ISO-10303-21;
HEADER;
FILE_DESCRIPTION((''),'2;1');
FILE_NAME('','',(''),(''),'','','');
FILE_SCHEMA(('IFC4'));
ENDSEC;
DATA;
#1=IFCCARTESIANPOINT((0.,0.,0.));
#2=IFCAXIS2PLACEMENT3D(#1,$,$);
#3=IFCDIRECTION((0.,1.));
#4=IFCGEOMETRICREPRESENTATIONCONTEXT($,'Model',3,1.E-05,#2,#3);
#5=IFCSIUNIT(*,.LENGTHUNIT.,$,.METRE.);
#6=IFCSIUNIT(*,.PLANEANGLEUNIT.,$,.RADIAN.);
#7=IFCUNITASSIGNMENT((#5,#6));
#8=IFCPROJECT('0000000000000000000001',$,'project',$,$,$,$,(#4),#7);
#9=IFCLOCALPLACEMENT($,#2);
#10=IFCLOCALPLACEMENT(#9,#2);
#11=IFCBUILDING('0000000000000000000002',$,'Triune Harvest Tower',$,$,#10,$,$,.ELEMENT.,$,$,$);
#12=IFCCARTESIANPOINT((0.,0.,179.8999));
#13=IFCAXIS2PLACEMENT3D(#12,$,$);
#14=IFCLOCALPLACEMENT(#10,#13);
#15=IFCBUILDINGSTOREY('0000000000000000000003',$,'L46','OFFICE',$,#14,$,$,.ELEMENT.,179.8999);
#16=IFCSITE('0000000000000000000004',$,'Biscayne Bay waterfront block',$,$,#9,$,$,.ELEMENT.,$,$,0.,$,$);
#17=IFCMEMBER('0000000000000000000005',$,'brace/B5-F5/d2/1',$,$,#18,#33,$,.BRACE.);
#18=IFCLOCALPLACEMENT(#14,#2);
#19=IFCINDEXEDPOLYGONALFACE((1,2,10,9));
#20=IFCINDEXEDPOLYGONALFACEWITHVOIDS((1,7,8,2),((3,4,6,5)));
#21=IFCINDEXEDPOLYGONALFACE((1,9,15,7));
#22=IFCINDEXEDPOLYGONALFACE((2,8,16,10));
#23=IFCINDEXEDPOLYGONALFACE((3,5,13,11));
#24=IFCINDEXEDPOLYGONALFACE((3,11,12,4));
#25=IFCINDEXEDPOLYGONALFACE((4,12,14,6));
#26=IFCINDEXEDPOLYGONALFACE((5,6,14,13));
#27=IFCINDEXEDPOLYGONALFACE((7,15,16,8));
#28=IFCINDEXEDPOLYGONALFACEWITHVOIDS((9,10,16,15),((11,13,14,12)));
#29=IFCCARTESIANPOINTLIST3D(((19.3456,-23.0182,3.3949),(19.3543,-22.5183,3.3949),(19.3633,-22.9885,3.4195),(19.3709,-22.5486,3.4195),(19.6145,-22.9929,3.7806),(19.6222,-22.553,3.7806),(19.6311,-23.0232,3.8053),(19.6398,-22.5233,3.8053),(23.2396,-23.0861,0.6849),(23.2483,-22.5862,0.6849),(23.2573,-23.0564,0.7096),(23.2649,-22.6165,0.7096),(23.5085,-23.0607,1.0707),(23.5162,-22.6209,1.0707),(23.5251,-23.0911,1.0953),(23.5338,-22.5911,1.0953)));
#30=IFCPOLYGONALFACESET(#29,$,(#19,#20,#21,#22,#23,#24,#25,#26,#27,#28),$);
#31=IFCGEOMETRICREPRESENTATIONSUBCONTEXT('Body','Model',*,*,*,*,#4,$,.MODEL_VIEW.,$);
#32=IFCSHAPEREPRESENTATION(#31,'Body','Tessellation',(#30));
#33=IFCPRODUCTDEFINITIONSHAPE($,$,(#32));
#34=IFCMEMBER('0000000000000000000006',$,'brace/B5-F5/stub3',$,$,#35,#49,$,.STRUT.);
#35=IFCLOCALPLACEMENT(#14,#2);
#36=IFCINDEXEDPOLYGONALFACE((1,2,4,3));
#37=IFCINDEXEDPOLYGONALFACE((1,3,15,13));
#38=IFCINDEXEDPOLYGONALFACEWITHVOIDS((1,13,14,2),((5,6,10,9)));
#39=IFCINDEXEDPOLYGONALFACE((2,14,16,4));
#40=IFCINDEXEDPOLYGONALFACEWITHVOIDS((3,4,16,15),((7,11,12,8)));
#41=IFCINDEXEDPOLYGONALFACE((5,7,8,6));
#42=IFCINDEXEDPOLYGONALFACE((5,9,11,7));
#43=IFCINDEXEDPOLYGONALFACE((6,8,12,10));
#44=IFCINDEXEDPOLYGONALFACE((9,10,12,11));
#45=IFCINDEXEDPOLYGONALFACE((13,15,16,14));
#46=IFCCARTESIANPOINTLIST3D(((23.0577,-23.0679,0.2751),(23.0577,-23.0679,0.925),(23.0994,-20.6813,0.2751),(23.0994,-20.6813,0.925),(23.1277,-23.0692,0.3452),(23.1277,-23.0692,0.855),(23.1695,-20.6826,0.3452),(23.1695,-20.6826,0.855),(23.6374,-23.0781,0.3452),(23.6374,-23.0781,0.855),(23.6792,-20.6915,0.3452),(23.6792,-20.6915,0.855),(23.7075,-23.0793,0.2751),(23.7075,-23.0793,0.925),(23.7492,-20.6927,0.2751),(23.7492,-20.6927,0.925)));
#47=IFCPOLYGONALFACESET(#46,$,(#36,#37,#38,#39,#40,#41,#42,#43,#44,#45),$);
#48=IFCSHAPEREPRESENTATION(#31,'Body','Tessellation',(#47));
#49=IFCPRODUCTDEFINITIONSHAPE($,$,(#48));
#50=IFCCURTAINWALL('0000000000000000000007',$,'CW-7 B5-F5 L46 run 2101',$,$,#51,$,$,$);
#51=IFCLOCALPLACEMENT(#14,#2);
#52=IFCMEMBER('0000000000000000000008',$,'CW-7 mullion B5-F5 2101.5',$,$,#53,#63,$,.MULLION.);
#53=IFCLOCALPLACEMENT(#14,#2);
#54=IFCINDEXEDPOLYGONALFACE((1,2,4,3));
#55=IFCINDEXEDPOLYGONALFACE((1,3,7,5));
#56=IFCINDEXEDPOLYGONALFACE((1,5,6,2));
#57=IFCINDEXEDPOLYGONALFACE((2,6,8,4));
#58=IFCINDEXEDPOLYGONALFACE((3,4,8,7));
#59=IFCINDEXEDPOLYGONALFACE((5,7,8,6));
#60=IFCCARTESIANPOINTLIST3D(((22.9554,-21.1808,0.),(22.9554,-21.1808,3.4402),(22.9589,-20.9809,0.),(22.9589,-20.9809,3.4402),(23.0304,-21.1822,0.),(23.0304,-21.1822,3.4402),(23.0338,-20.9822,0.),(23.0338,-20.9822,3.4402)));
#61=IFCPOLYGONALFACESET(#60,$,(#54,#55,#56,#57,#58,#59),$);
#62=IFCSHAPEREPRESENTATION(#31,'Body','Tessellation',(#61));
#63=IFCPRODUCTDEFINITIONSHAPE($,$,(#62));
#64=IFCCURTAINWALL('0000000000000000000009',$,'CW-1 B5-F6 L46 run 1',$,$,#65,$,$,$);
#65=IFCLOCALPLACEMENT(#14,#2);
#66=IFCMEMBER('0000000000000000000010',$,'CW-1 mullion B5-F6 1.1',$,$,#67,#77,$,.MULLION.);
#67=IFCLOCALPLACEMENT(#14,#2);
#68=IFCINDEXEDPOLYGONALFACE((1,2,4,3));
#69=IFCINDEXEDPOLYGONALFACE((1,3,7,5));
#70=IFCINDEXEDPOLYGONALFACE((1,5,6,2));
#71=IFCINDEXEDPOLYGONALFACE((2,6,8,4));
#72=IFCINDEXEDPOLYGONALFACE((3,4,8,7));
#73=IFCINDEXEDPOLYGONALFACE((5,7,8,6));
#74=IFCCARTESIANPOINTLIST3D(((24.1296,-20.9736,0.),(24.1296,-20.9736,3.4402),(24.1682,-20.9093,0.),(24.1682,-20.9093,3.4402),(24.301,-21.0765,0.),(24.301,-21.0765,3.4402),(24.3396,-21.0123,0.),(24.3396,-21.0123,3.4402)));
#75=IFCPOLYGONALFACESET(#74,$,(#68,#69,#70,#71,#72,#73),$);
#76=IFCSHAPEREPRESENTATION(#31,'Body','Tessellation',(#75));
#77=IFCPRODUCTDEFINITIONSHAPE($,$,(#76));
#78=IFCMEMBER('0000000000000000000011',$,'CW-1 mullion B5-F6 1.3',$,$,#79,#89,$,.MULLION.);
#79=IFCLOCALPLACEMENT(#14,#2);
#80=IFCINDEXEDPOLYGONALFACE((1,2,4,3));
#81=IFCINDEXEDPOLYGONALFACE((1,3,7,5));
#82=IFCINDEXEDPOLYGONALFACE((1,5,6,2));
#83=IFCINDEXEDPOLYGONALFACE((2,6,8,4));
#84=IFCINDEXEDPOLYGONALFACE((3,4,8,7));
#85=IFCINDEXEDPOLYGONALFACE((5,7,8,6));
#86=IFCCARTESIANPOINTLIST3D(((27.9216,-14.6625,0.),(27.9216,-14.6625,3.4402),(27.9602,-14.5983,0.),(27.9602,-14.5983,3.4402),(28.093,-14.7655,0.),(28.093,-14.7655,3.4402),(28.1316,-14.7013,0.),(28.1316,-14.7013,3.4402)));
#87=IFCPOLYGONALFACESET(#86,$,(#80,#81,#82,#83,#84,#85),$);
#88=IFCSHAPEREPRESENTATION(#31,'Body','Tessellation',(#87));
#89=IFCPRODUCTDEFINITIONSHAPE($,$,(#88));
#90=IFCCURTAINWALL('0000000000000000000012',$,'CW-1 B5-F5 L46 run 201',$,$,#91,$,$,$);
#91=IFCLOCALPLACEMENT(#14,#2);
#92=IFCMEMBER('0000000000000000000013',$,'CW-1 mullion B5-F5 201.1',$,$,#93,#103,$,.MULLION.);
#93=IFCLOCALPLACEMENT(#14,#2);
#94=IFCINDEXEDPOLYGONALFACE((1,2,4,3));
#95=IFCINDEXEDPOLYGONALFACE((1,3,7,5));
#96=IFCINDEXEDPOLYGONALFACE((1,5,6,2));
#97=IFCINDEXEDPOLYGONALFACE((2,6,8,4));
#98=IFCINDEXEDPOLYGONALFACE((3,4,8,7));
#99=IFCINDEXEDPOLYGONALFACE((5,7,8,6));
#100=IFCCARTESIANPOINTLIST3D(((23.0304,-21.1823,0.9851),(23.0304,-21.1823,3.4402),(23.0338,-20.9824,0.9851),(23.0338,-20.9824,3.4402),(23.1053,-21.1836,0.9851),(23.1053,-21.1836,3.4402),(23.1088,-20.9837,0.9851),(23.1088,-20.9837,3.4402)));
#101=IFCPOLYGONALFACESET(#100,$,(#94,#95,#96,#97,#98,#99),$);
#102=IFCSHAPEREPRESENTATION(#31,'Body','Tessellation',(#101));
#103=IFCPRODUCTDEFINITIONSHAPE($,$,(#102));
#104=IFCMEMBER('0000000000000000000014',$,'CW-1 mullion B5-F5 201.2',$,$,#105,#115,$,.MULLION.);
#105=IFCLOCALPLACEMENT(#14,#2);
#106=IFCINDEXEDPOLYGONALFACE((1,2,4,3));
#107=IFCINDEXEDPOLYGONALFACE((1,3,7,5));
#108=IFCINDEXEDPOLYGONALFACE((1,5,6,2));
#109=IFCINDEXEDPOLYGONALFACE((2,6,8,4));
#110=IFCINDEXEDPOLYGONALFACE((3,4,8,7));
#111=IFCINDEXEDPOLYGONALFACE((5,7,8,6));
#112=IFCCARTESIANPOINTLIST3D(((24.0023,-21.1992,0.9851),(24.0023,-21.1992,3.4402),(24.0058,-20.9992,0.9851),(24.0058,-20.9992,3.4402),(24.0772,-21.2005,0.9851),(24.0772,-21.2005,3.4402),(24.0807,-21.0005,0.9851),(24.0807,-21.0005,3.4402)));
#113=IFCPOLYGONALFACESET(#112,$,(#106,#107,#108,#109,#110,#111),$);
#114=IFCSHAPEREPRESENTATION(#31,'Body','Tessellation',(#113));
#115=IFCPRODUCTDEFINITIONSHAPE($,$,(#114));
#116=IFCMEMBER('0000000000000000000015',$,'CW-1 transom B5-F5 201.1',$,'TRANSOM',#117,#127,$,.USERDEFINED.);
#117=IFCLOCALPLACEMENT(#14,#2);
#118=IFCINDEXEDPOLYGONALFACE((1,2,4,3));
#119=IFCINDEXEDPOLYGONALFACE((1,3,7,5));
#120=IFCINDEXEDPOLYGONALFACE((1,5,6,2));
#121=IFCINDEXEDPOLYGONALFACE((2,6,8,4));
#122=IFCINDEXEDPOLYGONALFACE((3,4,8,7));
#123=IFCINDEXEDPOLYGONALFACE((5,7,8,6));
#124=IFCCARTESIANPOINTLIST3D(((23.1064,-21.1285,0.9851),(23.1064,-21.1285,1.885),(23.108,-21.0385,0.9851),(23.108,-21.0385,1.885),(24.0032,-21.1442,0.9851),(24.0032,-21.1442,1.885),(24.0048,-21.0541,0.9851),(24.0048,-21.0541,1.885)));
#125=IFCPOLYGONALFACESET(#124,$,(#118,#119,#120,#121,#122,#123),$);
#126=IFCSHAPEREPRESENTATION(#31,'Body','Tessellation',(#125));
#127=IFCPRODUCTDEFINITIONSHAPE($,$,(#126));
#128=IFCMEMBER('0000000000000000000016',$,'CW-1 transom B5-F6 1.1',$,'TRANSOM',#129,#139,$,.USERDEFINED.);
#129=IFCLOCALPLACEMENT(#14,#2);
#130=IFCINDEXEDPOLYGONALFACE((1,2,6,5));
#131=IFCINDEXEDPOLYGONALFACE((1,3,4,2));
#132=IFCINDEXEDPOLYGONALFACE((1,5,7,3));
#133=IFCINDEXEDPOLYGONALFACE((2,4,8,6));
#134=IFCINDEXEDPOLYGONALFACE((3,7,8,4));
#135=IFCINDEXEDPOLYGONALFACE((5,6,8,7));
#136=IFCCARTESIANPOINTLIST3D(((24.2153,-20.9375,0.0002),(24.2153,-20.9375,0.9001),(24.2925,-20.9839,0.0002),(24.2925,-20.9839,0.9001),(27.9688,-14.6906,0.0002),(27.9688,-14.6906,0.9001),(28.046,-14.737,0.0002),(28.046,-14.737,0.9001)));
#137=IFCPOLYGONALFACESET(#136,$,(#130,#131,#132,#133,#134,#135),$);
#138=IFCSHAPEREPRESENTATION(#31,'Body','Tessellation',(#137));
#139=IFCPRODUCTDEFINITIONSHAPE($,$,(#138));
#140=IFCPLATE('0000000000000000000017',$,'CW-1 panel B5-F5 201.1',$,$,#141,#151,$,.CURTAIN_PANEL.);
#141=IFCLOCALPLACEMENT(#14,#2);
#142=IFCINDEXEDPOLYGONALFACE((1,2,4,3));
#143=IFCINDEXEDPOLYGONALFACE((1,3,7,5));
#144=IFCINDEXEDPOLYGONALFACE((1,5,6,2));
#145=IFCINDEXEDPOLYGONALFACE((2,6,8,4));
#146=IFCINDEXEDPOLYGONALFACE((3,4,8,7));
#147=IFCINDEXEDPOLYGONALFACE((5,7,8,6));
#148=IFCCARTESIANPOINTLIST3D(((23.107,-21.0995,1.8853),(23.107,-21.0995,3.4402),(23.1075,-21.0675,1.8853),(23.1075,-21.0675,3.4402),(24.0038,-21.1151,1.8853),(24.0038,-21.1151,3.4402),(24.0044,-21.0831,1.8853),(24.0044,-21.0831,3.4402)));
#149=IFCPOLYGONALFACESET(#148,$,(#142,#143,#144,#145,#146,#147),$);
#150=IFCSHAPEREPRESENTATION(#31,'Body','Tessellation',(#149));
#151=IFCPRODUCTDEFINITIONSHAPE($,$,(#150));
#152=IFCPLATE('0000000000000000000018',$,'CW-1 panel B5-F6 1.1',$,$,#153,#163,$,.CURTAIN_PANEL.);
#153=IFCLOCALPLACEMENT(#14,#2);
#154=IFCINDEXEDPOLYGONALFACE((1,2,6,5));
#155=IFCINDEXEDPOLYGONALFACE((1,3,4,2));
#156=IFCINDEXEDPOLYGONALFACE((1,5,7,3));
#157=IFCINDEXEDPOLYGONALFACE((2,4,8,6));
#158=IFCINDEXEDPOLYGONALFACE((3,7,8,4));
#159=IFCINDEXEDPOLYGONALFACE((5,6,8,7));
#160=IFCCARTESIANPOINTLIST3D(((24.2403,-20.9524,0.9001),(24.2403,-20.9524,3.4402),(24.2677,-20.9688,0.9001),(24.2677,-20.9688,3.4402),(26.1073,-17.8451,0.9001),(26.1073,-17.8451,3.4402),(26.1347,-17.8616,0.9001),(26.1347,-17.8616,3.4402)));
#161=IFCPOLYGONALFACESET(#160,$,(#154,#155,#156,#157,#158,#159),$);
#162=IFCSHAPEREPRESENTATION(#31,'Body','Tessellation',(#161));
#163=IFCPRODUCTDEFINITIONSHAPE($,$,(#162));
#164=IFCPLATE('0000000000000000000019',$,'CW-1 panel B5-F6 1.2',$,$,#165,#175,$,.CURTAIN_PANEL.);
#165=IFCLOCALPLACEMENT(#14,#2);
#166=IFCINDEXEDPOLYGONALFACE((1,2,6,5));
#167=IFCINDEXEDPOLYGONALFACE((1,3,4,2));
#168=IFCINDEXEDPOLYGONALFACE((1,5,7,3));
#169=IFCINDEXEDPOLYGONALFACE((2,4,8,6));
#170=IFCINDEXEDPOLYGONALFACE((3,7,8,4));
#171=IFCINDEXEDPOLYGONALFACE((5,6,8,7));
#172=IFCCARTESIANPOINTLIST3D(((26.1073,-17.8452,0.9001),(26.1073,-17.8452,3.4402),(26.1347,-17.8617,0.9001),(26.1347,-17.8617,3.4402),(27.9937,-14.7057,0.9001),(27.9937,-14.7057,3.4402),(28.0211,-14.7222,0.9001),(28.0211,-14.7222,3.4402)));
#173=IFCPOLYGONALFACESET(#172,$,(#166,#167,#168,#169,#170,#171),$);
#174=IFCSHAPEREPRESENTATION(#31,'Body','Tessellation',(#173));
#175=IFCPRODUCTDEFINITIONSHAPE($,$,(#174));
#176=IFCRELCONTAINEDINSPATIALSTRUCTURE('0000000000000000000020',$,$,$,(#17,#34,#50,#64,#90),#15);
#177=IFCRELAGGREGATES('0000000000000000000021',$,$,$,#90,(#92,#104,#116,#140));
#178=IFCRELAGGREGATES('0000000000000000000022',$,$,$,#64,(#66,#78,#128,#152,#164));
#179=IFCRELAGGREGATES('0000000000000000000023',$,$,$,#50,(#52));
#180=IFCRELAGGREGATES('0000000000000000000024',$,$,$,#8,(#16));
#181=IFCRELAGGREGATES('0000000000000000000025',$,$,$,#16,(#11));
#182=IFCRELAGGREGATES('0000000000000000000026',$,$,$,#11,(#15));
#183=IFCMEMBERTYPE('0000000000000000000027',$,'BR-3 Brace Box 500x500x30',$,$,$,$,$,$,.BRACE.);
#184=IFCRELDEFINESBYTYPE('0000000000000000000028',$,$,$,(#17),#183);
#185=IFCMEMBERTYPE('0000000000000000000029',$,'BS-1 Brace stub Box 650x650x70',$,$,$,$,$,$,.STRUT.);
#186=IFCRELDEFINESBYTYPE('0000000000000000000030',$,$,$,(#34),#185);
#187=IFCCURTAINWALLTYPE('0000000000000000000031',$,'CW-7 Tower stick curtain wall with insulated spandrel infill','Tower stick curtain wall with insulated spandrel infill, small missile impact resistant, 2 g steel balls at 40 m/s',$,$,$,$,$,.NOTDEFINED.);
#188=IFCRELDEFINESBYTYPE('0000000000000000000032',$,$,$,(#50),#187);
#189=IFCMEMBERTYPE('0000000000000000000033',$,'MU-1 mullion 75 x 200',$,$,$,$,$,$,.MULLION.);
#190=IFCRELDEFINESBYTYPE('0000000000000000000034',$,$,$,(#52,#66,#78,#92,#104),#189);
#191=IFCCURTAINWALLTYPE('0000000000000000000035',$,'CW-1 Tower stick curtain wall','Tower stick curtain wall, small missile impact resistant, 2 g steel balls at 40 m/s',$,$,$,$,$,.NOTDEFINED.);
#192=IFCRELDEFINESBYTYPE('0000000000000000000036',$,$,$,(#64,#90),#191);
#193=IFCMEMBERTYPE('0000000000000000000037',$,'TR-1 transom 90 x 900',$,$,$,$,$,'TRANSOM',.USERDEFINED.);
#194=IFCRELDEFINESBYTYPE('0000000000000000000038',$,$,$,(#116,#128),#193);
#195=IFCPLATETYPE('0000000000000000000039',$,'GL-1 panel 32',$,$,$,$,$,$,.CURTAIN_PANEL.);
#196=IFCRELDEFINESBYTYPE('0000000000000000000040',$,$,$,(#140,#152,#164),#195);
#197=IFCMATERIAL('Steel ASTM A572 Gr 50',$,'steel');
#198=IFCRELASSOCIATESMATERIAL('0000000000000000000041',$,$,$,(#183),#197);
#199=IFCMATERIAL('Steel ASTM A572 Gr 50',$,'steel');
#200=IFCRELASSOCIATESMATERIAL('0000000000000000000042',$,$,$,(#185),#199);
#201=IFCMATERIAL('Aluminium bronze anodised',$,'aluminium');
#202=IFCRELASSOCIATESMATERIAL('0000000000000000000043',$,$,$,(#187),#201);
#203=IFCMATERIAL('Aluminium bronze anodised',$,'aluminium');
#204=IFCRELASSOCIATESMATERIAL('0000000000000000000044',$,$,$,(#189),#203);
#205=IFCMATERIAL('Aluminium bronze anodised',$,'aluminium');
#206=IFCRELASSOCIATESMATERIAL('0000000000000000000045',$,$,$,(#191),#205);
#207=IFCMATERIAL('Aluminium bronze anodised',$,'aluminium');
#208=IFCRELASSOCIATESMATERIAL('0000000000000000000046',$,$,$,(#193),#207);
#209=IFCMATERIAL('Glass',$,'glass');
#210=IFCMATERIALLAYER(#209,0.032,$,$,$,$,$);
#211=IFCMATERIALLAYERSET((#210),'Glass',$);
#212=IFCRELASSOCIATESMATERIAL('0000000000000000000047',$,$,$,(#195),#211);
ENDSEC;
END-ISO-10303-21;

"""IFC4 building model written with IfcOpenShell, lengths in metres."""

from ifc_helpers import new_model, si_unit, direction, frame, origin, origin_2d, place, context, subcontext, project, spatial, rectangle, hollow_rectangle, extrude, source, transform, mapped, material, layer, layer_set, material_profile, profile_set, type_object, element, aggregate, save


model = new_model("IFC4")

# Units and contexts
model_context = context("Model", 3, precision=1e-05, world=origin(), true_north=direction((0.0, 1.0)))
body_context = subcontext(model_context, "Body", "Model", "MODEL_VIEW")
ifc_project = project(units=[si_unit("LENGTHUNIT", "METRE"), si_unit("PLANEANGLEUNIT", "RADIAN")], contexts=[model_context])

# Site, building, storey
site_placement = place(None, origin())
site = spatial("IfcSite", under=ifc_project, at=site_placement, Name="Biscayne Bay waterfront block", CompositionType="ELEMENT", RefElevation=0.0)
building_placement = place(site_placement, origin())
building = spatial("IfcBuilding", under=site, at=building_placement, Name="Triune Harvest Tower", CompositionType="ELEMENT")
storey_placement = place(building_placement, frame((0.0, 0.0, 179.8999)))
storey = spatial("IfcBuildingStorey", under=building, at=storey_placement, Name="L46", Description="OFFICE", CompositionType="ELEMENT", Elevation=179.8999)

# Members
ifc_material_1 = material(Name="Steel ASTM A572 Gr 50", Category="steel")
ifc_material_profile_1 = material_profile(ifc_material_1, hollow_rectangle(XDim=0.5, YDim=0.5, WallThickness=0.03, at=origin_2d()), Name="Box 500x500x30")
ifc_profile_set_1 = profile_set([ifc_material_profile_1], Name="Steel ASTM A572 Gr 50")
member_type_1 = type_object("IfcMemberType", Name="BR-3 Brace Box 500x500x30", PredefinedType="BRACE", material=ifc_profile_set_1)
shared_shape_1 = source(origin(), body_context, "Body", "SweptSolid", [
    extrude(hollow_rectangle(XDim=0.5, YDim=0.5, WallThickness=0.03, at=origin_2d()), origin(), (0.0, 0.0, 1.0), 4.7446),
])
member_1_placement = place(storey_placement, frame((23.3867, -22.8386, 0.8901), z_axis=(-0.820716, 0.014305, 0.571157), x_axis=(-0.017427, -0.999848, 0.0)))
element("IfcMember", 1, at=member_1_placement, inside=storey, type_object=member_type_1, Name="brace/B5-F5/d2/1", PredefinedType="BRACE", context=body_context, shape_type="MappedRepresentation", body=[
    mapped(shared_shape_1, transform((0.0, 0.0, 0.0), scale=1.0)),
])
ifc_material_2 = material(Name="Steel ASTM A572 Gr 50", Category="steel")
ifc_material_profile_2 = material_profile(ifc_material_2, hollow_rectangle(XDim=0.6499, YDim=0.6499, WallThickness=0.0701, at=origin_2d()), Name="Box 650x650x70")
ifc_profile_set_2 = profile_set([ifc_material_profile_2], Name="Steel ASTM A572 Gr 50")
member_type_2 = type_object("IfcMemberType", Name="BS-1 Brace stub Box 650x650x70", PredefinedType="STRUT", material=ifc_profile_set_2)
shared_shape_2 = source(origin(), body_context, "Body", "SweptSolid", [
    extrude(hollow_rectangle(XDim=0.6499, YDim=0.6499, WallThickness=0.0701, at=origin_2d()), origin(), (0.0, 0.0, 1.0), 2.387),
])
member_2_placement = place(storey_placement, frame((23.4243, -20.687, 0.6001), z_axis=(-0.017489, -0.999847, 0.0), x_axis=(0.999847, -0.017489, 0.0)))
element("IfcMember", 2, at=member_2_placement, inside=storey, type_object=member_type_2, Name="brace/B5-F5/stub3", PredefinedType="STRUT", context=body_context, shape_type="MappedRepresentation", body=[
    mapped(shared_shape_2, transform((0.0, 0.0, 0.0), scale=1.0)),
])

# Curtain wall, member
ifc_material_3 = material(Name="Aluminium bronze anodised", Category="aluminium")
curtain_wall_type_1 = type_object("IfcCurtainWallType", Name="CW-7 Tower stick curtain wall with insulated spandrel infill", Description="Tower stick curtain wall with insulated spandrel infill, small missile impact resistant, 2 g steel balls at 40 m/s", PredefinedType="NOTDEFINED", material=ifc_material_3)
curtain_wall_1_placement = place(storey_placement, origin())
curtain_wall_1 = element("IfcCurtainWall", 3, at=curtain_wall_1_placement, inside=storey, type_object=curtain_wall_type_1, Name="CW-7 B5-F5 L46 run 2101")
ifc_material_4 = material(Name="Aluminium bronze anodised", Category="aluminium")
ifc_material_profile_3 = material_profile(ifc_material_4, rectangle(XDim=0.2, YDim=0.075, at=origin_2d()), Name="MU-1 mullion 75 x 200")
ifc_profile_set_3 = profile_set([ifc_material_profile_3], Name="Aluminium bronze anodised")
member_type_3 = type_object("IfcMemberType", Name="MU-1 mullion 75 x 200", PredefinedType="MULLION", material=ifc_profile_set_3)
shared_shape_3 = source(origin(), body_context, "Body", "SweptSolid", [
    extrude(rectangle(XDim=0.2, YDim=0.075, at=origin_2d()), origin(), (0.0, 0.0, 1.0), 3.4402),
])
member_3_placement = place(storey_placement, frame((22.9946, -21.0815, 0.0), z_axis=(0.0, 0.0, 1.0), x_axis=(0.017454, 0.999848, 0.0)))
member_3 = element("IfcMember", 4, at=member_3_placement, type_object=member_type_3, Name="CW-7 mullion B5-F5 2101.5", PredefinedType="MULLION", context=body_context, shape_type="MappedRepresentation", body=[
    mapped(shared_shape_3, transform((0.0, 0.0, 0.0), scale=1.0)),
])

# Curtain walls, members
ifc_material_5 = material(Name="Aluminium bronze anodised", Category="aluminium")
curtain_wall_type_2 = type_object("IfcCurtainWallType", Name="CW-1 Tower stick curtain wall", Description="Tower stick curtain wall, small missile impact resistant, 2 g steel balls at 40 m/s", PredefinedType="NOTDEFINED", material=ifc_material_5)
curtain_wall_2_placement = place(storey_placement, origin())
curtain_wall_2 = element("IfcCurtainWall", 5, at=curtain_wall_2_placement, inside=storey, type_object=curtain_wall_type_2, Name="CW-1 B5-F6 L46 run 1")
member_4_placement = place(storey_placement, frame((24.2346, -20.9929, 0.0), z_axis=(0.0, 0.0, 1.0), x_axis=(-0.857168, 0.515037, 0.0)))
member_4 = element("IfcMember", 6, at=member_4_placement, type_object=member_type_3, Name="CW-1 mullion B5-F6 1.1", PredefinedType="MULLION", context=body_context, shape_type="MappedRepresentation", body=[
    mapped(shared_shape_3, transform((0.0, 0.0, 0.0), scale=1.0)),
])
member_5_placement = place(storey_placement, frame((28.0266, -14.6819, 0.0), z_axis=(0.0, 0.0, 1.0), x_axis=(-0.857168, 0.515037, 0.0)))
member_5 = element("IfcMember", 7, at=member_5_placement, type_object=member_type_3, Name="CW-1 mullion B5-F6 1.3", PredefinedType="MULLION", context=body_context, shape_type="MappedRepresentation", body=[
    mapped(shared_shape_3, transform((0.0, 0.0, 0.0), scale=1.0)),
])
curtain_wall_3_placement = place(storey_placement, origin())
curtain_wall_3 = element("IfcCurtainWall", 8, at=curtain_wall_3_placement, inside=storey, type_object=curtain_wall_type_2, Name="CW-1 B5-F5 L46 run 201")
shared_shape_4 = source(origin(), body_context, "Body", "SweptSolid", [
    extrude(rectangle(XDim=0.2, YDim=0.075, at=origin_2d()), origin(), (0.0, 0.0, 1.0), 2.4551),
])
member_6_placement = place(storey_placement, frame((23.0696, -21.083, 0.9851), z_axis=(0.0, 0.0, 1.0), x_axis=(0.017385, 0.999849, 0.0)))
member_6 = element("IfcMember", 9, at=member_6_placement, type_object=member_type_3, Name="CW-1 mullion B5-F5 201.1", PredefinedType="MULLION", context=body_context, shape_type="MappedRepresentation", body=[
    mapped(shared_shape_4, transform((0.0, 0.0, 0.0), scale=1.0)),
])
member_7_placement = place(storey_placement, frame((24.0415, -21.0999, 0.9851), z_axis=(0.0, 0.0, 1.0), x_axis=(0.017385, 0.999849, 0.0)))
member_7 = element("IfcMember", 10, at=member_7_placement, type_object=member_type_3, Name="CW-1 mullion B5-F5 201.2", PredefinedType="MULLION", context=body_context, shape_type="MappedRepresentation", body=[
    mapped(shared_shape_4, transform((0.0, 0.0, 0.0), scale=1.0)),
])
ifc_material_6 = material(Name="Aluminium bronze anodised", Category="aluminium")
ifc_material_profile_4 = material_profile(ifc_material_6, rectangle(XDim=0.0901, YDim=0.8999, at=origin_2d()), Name="TR-1 transom 90 x 900")
ifc_profile_set_4 = profile_set([ifc_material_profile_4], Name="Aluminium bronze anodised")
member_type_4 = type_object("IfcMemberType", Name="TR-1 transom 90 x 900", ElementType="TRANSOM", PredefinedType="USERDEFINED", material=ifc_profile_set_4)
shared_shape_5 = source(origin(), body_context, "Body", "SweptSolid", [
    extrude(rectangle(XDim=0.0901, YDim=0.8999, at=origin_2d()), origin(), (0.0, 0.0, 1.0), 0.897),
])
member_8_placement = place(storey_placement, frame((23.1072, -21.0835, 1.4351), z_axis=(0.999848, -0.017422, 0.0), x_axis=(0.017422, 0.999848, 0.0)))
member_8 = element("IfcMember", 11, at=member_8_placement, type_object=member_type_4, Name="CW-1 transom B5-F5 201.1", ObjectType="TRANSOM", PredefinedType="USERDEFINED", context=body_context, shape_type="MappedRepresentation", body=[
    mapped(shared_shape_5, transform((0.0, 0.0, 0.0), scale=1.0)),
])

# Member
shared_shape_6 = source(origin(), body_context, "Body", "SweptSolid", [
    extrude(rectangle(XDim=0.0901, YDim=0.8999, at=origin_2d()), origin(), (0.0, 0.0, 1.0), 7.2878),
])
member_9_placement = place(storey_placement, frame((24.2539, -20.9607, 0.4502), z_axis=(0.515033, 0.857171, 0.0), x_axis=(-0.857171, 0.515033, 0.0)))
member_9 = element("IfcMember", 12, at=member_9_placement, type_object=member_type_4, Name="CW-1 transom B5-F6 1.1", ObjectType="TRANSOM", PredefinedType="USERDEFINED", context=body_context, shape_type="MappedRepresentation", body=[
    mapped(shared_shape_6, transform((0.0, 0.0, 0.0), scale=1.0)),
])

# Plates
ifc_material_7 = material(Name="Glass", Category="glass")
ifc_layer_1 = layer(ifc_material_7, 0.032)
ifc_layer_set_1 = layer_set([ifc_layer_1], Name="Glass")
plate_type_1 = type_object("IfcPlateType", Name="GL-1 panel 32", PredefinedType="CURTAIN_PANEL", material=ifc_layer_set_1)
plate_1_placement = place(storey_placement, frame((23.5557, -21.0913, 1.8853), z_axis=(0.0, 0.0, 1.0), x_axis=(0.999849, -0.017385, 0.0)))
plate_1 = element("IfcPlate", 13, at=plate_1_placement, type_object=plate_type_1, Name="CW-1 panel B5-F5 201.1", PredefinedType="CURTAIN_PANEL", context=body_context, shape_type="SweptSolid", body=[
    extrude(rectangle(XDim=0.897, YDim=0.032, at=origin_2d()), origin(), (0.0, 0.0, 1.0), 1.5549),
])
aggregate(curtain_wall_3, [member_6, member_7, member_8, plate_1])
shared_shape_7 = source(origin(), body_context, "Body", "SweptSolid", [
    extrude(rectangle(XDim=3.625, YDim=0.032, at=origin_2d()), origin(), (0.0, 0.0, 1.0), 2.54),
])
plate_2_placement = place(storey_placement, frame((25.1875, -19.407, 0.9001), z_axis=(0.0, 0.0, 1.0), x_axis=(0.515037, 0.857168, 0.0)))
plate_2 = element("IfcPlate", 14, at=plate_2_placement, type_object=plate_type_1, Name="CW-1 panel B5-F6 1.1", PredefinedType="CURTAIN_PANEL", context=body_context, shape_type="MappedRepresentation", body=[
    mapped(shared_shape_7, transform((0.0, 0.0, 0.0), scale=1.0)),
])
shared_shape_8 = source(origin(), body_context, "Body", "SweptSolid", [
    extrude(rectangle(XDim=3.6626, YDim=0.032, at=origin_2d()), origin(), (0.0, 0.0, 1.0), 2.54),
])
plate_3_placement = place(storey_placement, frame((27.0642, -16.2837, 0.9001), z_axis=(0.0, 0.0, 1.0), x_axis=(0.515037, 0.857168, 0.0)))
plate_3 = element("IfcPlate", 15, at=plate_3_placement, type_object=plate_type_1, Name="CW-1 panel B5-F6 1.2", PredefinedType="CURTAIN_PANEL", context=body_context, shape_type="MappedRepresentation", body=[
    mapped(shared_shape_8, transform((0.0, 0.0, 0.0), scale=1.0)),
])
aggregate(curtain_wall_2, [member_4, member_5, member_9, plate_2, plate_3])
aggregate(curtain_wall_1, [member_3])

save(model, "model.ifc")
